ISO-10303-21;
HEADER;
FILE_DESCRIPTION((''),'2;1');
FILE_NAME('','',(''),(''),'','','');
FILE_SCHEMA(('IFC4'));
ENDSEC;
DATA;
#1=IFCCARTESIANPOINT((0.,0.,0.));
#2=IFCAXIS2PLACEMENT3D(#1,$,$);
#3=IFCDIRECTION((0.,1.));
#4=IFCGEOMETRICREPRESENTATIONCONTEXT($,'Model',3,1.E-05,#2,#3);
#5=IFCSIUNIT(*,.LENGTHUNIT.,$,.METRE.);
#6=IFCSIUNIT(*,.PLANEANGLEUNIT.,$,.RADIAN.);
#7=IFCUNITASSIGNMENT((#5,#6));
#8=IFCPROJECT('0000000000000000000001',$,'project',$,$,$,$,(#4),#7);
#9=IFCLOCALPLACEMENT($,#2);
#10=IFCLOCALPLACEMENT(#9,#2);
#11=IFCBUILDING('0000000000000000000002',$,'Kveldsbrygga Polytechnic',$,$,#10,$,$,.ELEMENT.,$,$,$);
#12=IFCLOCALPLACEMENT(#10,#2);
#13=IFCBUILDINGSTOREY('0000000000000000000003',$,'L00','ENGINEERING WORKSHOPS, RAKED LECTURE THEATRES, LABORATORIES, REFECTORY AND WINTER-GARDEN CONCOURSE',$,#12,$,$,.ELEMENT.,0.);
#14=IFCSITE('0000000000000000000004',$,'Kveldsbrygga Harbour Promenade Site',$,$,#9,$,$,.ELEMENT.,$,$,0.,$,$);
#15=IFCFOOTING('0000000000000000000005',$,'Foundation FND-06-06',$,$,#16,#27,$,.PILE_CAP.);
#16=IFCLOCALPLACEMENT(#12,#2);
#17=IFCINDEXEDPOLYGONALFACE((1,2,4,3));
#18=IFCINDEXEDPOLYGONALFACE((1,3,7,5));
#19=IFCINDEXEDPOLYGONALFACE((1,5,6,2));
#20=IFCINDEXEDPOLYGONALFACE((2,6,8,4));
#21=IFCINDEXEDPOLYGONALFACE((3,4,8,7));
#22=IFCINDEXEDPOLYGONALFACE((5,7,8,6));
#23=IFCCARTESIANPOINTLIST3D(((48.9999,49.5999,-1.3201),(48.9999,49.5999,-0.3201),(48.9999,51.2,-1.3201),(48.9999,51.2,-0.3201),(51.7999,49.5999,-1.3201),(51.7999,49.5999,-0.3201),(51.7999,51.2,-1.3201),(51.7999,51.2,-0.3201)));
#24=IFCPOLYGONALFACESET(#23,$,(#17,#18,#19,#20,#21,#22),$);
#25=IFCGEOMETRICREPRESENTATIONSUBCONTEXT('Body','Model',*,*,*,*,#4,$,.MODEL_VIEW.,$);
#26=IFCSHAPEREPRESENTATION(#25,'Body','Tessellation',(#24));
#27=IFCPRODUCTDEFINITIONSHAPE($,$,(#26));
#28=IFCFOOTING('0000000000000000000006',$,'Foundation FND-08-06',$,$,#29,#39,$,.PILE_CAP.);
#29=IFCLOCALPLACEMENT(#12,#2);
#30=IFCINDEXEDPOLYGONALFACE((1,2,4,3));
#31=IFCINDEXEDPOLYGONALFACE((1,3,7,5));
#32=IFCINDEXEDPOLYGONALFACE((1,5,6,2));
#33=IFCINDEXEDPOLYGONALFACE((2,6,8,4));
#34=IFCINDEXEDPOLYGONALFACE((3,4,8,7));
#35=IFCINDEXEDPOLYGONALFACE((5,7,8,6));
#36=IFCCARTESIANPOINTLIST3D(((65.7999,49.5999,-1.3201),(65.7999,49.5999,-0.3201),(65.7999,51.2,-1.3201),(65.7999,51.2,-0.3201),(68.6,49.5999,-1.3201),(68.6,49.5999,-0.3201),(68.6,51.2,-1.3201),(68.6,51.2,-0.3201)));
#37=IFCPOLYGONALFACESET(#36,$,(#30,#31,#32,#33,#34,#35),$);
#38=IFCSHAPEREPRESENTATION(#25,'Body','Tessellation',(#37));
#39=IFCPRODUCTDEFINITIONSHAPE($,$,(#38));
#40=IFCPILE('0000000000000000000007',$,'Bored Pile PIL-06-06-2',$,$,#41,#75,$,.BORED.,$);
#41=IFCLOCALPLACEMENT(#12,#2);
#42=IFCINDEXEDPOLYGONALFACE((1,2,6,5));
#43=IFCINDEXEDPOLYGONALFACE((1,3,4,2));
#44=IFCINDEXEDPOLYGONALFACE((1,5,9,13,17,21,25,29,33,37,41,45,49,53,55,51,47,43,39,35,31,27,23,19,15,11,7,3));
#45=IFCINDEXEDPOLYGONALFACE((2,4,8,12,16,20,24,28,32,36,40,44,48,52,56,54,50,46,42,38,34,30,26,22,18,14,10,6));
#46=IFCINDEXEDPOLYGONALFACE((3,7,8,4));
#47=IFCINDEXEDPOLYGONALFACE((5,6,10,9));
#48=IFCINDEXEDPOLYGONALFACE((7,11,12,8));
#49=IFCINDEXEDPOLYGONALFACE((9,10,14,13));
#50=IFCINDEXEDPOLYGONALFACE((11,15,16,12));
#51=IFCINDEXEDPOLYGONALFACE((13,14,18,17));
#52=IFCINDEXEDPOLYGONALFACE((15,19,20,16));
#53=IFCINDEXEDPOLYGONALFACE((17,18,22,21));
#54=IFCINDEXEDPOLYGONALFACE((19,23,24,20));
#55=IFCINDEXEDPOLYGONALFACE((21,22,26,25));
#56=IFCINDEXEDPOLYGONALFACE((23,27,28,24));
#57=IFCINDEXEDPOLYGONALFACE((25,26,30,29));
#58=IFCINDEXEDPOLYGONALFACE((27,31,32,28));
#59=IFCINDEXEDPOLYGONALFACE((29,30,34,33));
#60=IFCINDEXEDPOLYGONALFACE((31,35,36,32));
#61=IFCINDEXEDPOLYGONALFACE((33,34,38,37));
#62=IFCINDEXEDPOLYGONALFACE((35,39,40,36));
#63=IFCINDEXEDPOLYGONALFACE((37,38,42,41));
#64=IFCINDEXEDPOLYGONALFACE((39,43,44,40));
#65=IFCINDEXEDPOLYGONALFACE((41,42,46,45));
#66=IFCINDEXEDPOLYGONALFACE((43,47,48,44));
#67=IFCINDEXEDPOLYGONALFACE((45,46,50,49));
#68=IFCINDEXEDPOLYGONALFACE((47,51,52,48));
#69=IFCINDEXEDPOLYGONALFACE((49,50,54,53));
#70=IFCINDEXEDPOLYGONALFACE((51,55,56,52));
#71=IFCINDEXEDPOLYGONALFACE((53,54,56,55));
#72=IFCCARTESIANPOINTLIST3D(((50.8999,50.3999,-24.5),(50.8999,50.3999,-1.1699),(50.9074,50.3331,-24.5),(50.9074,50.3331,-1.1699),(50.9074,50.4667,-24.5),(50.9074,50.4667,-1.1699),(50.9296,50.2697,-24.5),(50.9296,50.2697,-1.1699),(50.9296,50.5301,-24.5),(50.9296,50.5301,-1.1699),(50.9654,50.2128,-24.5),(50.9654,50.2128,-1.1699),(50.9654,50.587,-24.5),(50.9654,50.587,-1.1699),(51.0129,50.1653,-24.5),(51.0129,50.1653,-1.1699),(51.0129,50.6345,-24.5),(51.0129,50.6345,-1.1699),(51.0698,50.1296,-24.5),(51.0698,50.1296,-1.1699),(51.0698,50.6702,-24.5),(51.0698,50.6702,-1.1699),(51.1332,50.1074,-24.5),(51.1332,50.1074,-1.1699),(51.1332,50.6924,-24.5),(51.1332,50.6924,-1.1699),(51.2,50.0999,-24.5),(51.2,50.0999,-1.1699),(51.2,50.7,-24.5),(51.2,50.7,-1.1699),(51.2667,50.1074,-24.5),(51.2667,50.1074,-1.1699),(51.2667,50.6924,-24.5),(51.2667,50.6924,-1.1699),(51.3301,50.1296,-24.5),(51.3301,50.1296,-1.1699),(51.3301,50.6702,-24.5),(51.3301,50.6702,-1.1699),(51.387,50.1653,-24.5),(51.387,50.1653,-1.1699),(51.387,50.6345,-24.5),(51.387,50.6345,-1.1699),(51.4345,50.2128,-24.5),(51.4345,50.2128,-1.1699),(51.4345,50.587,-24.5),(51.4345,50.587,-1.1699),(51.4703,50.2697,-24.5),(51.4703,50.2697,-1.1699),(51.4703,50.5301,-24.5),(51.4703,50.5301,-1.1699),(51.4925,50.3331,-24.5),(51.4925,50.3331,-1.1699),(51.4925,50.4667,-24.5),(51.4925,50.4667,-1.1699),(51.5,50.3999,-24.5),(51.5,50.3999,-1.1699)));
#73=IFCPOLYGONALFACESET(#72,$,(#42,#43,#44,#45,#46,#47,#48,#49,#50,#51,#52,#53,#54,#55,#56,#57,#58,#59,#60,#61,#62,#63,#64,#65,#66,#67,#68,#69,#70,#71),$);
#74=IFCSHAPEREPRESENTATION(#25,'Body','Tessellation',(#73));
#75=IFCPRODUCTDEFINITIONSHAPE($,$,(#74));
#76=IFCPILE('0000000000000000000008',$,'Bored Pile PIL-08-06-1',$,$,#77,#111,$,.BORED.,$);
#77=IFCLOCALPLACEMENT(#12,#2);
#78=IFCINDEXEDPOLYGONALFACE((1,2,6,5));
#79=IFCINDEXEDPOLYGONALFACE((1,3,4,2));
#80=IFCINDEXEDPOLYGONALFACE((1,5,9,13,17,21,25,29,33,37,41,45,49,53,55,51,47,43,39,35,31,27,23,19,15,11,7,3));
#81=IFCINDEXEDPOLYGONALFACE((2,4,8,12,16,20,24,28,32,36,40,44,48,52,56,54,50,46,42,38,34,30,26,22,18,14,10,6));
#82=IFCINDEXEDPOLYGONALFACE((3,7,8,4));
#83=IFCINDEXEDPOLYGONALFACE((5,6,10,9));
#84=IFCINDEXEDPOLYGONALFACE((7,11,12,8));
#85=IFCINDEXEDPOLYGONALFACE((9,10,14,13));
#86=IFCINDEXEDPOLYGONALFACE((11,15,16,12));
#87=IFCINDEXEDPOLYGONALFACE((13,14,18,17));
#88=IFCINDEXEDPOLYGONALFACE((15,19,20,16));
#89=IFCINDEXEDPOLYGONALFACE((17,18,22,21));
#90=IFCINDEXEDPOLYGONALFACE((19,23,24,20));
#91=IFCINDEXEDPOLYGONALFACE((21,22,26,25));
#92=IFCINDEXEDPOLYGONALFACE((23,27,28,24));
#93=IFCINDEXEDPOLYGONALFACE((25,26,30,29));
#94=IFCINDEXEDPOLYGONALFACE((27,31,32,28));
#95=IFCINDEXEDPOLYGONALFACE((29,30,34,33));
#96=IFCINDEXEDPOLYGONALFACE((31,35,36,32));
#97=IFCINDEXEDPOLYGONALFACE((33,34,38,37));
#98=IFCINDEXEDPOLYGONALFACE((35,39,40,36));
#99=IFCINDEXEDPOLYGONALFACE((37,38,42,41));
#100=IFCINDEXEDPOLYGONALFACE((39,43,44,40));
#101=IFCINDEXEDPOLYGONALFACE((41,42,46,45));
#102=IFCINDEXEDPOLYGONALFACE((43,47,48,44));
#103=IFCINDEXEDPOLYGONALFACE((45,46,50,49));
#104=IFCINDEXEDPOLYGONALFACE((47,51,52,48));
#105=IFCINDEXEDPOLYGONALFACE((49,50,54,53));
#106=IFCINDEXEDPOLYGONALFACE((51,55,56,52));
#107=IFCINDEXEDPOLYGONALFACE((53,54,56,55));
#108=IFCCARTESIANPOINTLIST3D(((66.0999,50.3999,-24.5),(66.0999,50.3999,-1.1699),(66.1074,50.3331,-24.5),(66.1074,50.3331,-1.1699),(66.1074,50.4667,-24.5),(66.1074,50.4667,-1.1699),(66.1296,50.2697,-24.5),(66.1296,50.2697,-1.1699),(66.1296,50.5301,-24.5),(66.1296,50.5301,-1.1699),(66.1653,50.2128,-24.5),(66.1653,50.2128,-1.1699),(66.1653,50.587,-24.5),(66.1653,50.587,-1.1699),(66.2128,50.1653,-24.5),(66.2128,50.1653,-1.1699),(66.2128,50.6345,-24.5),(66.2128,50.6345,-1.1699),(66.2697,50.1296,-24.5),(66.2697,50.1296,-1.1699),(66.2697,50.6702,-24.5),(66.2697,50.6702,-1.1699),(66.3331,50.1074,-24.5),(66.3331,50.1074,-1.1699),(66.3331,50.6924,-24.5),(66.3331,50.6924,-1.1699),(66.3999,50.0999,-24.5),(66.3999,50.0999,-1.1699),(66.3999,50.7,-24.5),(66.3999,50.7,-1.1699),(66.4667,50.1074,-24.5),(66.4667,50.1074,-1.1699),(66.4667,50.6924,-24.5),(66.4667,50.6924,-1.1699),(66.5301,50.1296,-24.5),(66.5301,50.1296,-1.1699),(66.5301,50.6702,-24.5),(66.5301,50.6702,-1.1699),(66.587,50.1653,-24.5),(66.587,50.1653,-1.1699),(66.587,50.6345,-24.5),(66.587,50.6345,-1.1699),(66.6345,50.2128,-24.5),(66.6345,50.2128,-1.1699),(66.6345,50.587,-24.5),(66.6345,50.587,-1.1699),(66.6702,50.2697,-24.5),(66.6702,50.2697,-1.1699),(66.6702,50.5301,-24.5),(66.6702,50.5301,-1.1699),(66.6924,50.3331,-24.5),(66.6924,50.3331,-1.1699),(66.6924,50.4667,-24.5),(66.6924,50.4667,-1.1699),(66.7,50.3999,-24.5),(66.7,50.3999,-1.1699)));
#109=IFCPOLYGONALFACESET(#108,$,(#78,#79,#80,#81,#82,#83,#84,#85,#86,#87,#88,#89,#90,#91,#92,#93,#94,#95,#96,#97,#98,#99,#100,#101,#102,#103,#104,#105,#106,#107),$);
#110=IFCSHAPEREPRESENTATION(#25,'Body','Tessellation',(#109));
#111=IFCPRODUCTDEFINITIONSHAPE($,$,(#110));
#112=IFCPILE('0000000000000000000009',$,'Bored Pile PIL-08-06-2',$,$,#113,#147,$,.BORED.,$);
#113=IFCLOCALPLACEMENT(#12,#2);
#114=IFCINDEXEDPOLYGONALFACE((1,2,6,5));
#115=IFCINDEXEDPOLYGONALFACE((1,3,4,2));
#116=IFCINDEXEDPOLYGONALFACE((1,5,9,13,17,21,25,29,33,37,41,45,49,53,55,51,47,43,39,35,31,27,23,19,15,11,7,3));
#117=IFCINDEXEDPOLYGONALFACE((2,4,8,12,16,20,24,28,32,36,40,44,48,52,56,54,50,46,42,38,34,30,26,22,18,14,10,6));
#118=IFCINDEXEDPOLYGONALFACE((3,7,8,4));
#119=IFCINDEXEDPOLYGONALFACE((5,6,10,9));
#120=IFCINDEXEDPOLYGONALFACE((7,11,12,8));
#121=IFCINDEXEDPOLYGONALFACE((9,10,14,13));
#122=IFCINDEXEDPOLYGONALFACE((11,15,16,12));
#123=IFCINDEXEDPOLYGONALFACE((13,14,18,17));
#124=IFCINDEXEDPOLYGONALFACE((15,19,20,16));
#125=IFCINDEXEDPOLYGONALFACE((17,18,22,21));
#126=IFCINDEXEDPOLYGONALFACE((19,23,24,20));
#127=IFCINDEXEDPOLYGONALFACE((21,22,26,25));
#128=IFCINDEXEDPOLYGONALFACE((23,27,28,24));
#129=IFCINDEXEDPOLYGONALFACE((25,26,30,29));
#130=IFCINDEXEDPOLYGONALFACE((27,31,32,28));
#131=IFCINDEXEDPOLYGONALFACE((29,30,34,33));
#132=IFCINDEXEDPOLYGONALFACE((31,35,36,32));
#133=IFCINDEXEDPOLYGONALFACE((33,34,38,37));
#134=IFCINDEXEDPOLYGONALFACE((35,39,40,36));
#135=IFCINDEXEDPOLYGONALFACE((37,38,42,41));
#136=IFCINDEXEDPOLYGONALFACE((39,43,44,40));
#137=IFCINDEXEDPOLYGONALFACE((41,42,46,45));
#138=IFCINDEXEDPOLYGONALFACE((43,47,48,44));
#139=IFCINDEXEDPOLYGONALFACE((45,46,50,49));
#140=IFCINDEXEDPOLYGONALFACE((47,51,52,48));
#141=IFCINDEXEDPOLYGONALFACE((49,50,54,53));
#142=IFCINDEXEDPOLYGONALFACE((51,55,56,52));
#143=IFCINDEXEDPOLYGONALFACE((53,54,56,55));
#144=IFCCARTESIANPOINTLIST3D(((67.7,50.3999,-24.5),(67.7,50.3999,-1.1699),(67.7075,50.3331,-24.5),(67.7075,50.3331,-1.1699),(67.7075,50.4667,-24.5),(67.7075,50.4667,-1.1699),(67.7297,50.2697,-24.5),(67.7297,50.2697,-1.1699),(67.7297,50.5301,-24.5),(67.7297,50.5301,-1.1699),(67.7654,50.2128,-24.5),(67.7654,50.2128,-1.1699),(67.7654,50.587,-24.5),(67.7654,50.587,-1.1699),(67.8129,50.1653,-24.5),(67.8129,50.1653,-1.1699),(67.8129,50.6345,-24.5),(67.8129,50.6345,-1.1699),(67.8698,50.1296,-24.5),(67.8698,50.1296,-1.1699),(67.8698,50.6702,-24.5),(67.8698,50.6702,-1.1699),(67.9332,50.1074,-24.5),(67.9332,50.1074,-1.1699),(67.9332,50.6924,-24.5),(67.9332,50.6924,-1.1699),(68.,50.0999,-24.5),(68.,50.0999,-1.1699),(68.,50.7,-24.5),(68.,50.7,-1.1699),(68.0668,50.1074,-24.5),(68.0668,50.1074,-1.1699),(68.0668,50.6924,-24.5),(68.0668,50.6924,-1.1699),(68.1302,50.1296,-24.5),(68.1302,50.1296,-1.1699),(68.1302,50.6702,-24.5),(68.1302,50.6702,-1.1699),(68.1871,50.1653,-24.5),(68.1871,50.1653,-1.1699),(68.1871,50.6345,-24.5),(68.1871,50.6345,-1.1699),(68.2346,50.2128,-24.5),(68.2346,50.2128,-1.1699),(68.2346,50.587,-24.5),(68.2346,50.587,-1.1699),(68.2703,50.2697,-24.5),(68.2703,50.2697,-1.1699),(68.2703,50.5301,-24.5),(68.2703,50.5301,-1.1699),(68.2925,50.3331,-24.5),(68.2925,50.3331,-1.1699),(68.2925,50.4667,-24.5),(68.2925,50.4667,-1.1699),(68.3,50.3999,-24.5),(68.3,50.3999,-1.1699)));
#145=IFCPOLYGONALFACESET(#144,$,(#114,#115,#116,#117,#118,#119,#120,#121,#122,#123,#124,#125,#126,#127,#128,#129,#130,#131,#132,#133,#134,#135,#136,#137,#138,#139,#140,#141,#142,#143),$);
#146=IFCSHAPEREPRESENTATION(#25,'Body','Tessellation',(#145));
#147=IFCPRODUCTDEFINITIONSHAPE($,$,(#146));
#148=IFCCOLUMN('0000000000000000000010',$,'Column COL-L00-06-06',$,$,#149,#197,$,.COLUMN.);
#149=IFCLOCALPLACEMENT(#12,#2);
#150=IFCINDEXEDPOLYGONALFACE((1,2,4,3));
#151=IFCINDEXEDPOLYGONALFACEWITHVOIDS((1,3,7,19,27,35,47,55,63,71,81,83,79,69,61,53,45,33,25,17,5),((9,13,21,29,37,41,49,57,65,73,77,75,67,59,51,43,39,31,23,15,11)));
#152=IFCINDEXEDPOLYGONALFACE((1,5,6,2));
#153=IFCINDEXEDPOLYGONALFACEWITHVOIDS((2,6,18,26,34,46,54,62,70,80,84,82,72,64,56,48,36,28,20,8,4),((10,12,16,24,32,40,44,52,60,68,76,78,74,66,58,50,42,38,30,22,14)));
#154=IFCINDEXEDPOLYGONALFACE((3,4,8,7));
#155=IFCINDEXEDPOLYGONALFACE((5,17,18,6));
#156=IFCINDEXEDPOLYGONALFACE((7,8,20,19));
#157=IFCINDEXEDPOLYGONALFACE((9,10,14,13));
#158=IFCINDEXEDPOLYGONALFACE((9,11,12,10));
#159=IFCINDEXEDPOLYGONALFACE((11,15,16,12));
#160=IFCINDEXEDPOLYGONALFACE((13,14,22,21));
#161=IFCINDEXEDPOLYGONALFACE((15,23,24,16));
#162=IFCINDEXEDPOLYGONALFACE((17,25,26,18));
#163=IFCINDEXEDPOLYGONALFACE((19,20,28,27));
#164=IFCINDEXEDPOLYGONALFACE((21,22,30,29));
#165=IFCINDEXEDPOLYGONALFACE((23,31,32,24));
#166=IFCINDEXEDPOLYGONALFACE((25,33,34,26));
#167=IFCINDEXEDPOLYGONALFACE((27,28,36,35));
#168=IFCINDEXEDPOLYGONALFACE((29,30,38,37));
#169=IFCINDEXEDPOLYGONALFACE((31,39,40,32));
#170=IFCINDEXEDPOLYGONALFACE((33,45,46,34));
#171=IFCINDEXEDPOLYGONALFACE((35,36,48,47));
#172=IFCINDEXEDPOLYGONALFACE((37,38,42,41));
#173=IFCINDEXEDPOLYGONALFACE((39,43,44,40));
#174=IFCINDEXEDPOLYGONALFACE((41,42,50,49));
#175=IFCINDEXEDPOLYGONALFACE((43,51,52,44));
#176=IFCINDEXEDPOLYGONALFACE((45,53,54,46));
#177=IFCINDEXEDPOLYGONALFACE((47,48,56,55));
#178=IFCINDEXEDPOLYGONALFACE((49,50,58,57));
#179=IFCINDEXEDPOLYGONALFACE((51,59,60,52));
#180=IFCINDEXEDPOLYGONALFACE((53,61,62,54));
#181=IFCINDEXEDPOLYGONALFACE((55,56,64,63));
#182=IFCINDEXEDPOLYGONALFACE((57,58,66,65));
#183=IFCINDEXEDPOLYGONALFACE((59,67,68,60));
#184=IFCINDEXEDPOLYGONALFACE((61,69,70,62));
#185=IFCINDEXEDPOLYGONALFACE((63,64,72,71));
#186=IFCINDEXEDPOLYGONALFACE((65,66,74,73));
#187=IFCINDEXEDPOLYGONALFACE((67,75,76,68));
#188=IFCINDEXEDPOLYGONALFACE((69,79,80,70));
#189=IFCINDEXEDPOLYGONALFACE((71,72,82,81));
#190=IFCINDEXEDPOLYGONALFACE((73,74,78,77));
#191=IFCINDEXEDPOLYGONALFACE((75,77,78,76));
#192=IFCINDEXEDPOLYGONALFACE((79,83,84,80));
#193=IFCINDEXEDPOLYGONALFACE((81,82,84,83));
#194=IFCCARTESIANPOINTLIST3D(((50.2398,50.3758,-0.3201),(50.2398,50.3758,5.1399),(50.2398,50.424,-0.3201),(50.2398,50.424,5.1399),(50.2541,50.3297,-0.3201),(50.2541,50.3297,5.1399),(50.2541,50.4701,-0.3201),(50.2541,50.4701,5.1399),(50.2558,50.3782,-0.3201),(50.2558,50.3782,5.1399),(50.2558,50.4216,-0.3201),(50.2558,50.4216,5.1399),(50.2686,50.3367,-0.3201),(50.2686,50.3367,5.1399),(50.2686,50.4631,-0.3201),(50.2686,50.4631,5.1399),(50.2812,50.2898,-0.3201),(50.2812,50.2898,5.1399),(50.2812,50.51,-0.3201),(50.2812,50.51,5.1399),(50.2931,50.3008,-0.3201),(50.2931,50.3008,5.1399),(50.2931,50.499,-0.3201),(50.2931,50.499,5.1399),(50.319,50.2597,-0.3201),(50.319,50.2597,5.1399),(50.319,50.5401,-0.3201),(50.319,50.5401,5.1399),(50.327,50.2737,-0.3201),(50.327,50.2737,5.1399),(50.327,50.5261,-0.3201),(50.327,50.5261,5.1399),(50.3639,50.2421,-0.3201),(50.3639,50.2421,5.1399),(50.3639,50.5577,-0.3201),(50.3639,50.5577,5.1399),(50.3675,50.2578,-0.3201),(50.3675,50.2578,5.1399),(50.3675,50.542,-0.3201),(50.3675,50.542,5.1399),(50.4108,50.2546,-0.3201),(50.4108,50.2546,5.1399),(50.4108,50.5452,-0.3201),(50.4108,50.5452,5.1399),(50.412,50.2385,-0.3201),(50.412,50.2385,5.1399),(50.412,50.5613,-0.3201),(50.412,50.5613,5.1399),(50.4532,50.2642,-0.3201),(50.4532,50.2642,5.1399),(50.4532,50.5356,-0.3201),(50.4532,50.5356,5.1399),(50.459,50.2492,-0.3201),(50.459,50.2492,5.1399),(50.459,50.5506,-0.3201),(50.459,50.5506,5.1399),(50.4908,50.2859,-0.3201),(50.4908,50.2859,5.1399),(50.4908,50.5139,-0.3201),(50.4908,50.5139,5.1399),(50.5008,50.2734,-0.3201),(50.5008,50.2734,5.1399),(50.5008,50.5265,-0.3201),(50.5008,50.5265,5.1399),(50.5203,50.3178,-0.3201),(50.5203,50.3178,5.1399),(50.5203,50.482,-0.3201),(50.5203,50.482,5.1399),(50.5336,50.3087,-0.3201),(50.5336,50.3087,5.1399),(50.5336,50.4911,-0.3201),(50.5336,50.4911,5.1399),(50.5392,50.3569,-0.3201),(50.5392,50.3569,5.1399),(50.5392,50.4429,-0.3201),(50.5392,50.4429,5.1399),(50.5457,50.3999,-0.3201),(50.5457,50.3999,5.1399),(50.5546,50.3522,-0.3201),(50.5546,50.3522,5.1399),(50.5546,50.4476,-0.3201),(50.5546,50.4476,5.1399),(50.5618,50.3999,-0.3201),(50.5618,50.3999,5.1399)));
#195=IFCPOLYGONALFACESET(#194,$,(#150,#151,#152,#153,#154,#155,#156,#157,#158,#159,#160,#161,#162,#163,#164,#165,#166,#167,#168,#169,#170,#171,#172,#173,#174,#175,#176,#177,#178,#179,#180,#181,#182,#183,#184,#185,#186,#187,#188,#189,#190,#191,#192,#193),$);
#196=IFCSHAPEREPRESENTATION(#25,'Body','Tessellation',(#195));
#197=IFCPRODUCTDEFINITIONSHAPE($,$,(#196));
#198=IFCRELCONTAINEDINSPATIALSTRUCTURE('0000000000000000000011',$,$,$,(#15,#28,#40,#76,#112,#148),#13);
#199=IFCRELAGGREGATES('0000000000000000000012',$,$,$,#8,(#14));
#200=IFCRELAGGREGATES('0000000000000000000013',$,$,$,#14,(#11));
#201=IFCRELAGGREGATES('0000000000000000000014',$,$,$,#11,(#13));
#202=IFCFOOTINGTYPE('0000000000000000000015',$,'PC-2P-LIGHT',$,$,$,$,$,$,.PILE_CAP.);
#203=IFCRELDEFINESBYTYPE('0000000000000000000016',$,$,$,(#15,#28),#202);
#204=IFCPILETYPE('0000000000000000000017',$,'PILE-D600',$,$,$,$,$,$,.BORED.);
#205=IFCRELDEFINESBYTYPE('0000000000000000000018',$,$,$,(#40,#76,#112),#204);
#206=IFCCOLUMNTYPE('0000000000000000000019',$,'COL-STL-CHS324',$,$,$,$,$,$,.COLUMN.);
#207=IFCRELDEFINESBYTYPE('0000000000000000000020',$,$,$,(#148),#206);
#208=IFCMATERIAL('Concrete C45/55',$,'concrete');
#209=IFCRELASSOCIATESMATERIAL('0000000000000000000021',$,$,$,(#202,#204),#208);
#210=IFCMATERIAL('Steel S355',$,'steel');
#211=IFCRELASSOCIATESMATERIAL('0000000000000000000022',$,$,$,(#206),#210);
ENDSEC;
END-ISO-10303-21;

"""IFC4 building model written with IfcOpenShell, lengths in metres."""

from ifc_helpers import new_model, si_unit, direction, frame, origin, origin_2d, place, context, subcontext, project, spatial, rectangle, circle, hollow_circle, extrude, material, material_profile, profile_set, type_object, element, save


model = new_model("IFC4")

# Units and contexts
model_context = context("Model", 3, precision=1e-05, world=origin(), true_north=direction((0.0, 1.0)))
body_context = subcontext(model_context, "Body", "Model", "MODEL_VIEW")
ifc_project = project(units=[si_unit("LENGTHUNIT", "METRE"), si_unit("PLANEANGLEUNIT", "RADIAN")], contexts=[model_context])

# Site, building, storey
site_placement = place(None, origin())
site = spatial("IfcSite", under=ifc_project, at=site_placement, Name="Kveldsbrygga Harbour Promenade Site", CompositionType="ELEMENT", RefElevation=0.0)
building_placement = place(site_placement, origin())
building = spatial("IfcBuilding", under=site, at=building_placement, Name="Kveldsbrygga Polytechnic", CompositionType="ELEMENT")
storey_placement = place(building_placement, origin())
storey = spatial("IfcBuildingStorey", under=building, at=storey_placement, Name="L00", Description="ENGINEERING WORKSHOPS, RAKED LECTURE THEATRES, LABORATORIES, REFECTORY AND WINTER-GARDEN CONCOURSE", CompositionType="ELEMENT", Elevation=0.0)

# Footings
ifc_material_1 = material(Name="Concrete C45/55", Category="concrete")
footing_type = type_object("IfcFootingType", Name="PC-2P-LIGHT", PredefinedType="PILE_CAP", material=ifc_material_1)
for number, where, z_axis, x_axis, name in (
    (1, (50.3999, 50.3999, -1.3201), (0.0, 0.0, 1.0), (1.0, 0.0, 0.0), "Foundation FND-06-06"),
    (2, (67.2, 50.3999, -1.3201), (0.0, 0.0, 1.0), (1.0, 0.0, 0.0), "Foundation FND-08-06"),
):
    element("IfcFooting", number, at=place(storey_placement, frame(where, z_axis=z_axis, x_axis=x_axis)), inside=storey, type_object=footing_type, Name=name, PredefinedType="PILE_CAP", context=body_context, shape_type="SweptSolid", body=[
        extrude(rectangle(XDim=2.8, YDim=1.6001, at=origin_2d()), origin(), (0.0, 0.0, 1.0), 1.0),
    ])

# Piles
ifc_material_profile_1 = material_profile(ifc_material_1, circle(Radius=0.3, at=origin_2d()), Name="PILE D600")
ifc_profile_set_1 = profile_set([ifc_material_profile_1], Name="Concrete C45/55")
pile_type = type_object("IfcPileType", Name="PILE-D600", PredefinedType="BORED", material=ifc_profile_set_1)
for number, where, z_axis, x_axis, name in (
    (3, (51.2, 50.3999, -1.1699), (0.0, 0.0, -1.0), (1.0, 0.0, 0.0), "Bored Pile PIL-06-06-2"),
    (4, (66.3999, 50.3999, -1.1699), (0.0, 0.0, -1.0), (1.0, 0.0, 0.0), "Bored Pile PIL-08-06-1"),
    (5, (68.0, 50.3999, -1.1699), (0.0, 0.0, -1.0), (1.0, 0.0, 0.0), "Bored Pile PIL-08-06-2"),
):
    element("IfcPile", number, at=place(storey_placement, frame(where, z_axis=z_axis, x_axis=x_axis)), inside=storey, type_object=pile_type, Name=name, PredefinedType="BORED", context=body_context, shape_type="SweptSolid", body=[
        extrude(circle(Radius=0.3, at=origin_2d()), origin(), (0.0, 0.0, 1.0), 23.3301),
    ])

# Column
ifc_material_2 = material(Name="Steel S355", Category="steel")
ifc_material_profile_2 = material_profile(ifc_material_2, hollow_circle(Radius=0.1619, WallThickness=0.0161, at=origin_2d()), Name="CHS 323.9x16.0")
ifc_profile_set_2 = profile_set([ifc_material_profile_2], Name="Steel S355")
column_type = type_object("IfcColumnType", Name="COL-STL-CHS324", PredefinedType="COLUMN", material=ifc_profile_set_2)
for number, where, z_axis, x_axis, name in (
    (6, (50.3999, 50.3999, -0.3201), (0.0, 0.0, 1.0), (1.0, 0.0, 0.0), "Column COL-L00-06-06"),
):
    element("IfcColumn", number, at=place(storey_placement, frame(where, z_axis=z_axis, x_axis=x_axis)), inside=storey, type_object=column_type, Name=name, PredefinedType="COLUMN", context=body_context, shape_type="SweptSolid", body=[
        extrude(hollow_circle(Radius=0.1619, WallThickness=0.0161, at=origin_2d()), origin(), (0.0, 0.0, 1.0), 5.46),
    ])

save(model, "model.ifc")
